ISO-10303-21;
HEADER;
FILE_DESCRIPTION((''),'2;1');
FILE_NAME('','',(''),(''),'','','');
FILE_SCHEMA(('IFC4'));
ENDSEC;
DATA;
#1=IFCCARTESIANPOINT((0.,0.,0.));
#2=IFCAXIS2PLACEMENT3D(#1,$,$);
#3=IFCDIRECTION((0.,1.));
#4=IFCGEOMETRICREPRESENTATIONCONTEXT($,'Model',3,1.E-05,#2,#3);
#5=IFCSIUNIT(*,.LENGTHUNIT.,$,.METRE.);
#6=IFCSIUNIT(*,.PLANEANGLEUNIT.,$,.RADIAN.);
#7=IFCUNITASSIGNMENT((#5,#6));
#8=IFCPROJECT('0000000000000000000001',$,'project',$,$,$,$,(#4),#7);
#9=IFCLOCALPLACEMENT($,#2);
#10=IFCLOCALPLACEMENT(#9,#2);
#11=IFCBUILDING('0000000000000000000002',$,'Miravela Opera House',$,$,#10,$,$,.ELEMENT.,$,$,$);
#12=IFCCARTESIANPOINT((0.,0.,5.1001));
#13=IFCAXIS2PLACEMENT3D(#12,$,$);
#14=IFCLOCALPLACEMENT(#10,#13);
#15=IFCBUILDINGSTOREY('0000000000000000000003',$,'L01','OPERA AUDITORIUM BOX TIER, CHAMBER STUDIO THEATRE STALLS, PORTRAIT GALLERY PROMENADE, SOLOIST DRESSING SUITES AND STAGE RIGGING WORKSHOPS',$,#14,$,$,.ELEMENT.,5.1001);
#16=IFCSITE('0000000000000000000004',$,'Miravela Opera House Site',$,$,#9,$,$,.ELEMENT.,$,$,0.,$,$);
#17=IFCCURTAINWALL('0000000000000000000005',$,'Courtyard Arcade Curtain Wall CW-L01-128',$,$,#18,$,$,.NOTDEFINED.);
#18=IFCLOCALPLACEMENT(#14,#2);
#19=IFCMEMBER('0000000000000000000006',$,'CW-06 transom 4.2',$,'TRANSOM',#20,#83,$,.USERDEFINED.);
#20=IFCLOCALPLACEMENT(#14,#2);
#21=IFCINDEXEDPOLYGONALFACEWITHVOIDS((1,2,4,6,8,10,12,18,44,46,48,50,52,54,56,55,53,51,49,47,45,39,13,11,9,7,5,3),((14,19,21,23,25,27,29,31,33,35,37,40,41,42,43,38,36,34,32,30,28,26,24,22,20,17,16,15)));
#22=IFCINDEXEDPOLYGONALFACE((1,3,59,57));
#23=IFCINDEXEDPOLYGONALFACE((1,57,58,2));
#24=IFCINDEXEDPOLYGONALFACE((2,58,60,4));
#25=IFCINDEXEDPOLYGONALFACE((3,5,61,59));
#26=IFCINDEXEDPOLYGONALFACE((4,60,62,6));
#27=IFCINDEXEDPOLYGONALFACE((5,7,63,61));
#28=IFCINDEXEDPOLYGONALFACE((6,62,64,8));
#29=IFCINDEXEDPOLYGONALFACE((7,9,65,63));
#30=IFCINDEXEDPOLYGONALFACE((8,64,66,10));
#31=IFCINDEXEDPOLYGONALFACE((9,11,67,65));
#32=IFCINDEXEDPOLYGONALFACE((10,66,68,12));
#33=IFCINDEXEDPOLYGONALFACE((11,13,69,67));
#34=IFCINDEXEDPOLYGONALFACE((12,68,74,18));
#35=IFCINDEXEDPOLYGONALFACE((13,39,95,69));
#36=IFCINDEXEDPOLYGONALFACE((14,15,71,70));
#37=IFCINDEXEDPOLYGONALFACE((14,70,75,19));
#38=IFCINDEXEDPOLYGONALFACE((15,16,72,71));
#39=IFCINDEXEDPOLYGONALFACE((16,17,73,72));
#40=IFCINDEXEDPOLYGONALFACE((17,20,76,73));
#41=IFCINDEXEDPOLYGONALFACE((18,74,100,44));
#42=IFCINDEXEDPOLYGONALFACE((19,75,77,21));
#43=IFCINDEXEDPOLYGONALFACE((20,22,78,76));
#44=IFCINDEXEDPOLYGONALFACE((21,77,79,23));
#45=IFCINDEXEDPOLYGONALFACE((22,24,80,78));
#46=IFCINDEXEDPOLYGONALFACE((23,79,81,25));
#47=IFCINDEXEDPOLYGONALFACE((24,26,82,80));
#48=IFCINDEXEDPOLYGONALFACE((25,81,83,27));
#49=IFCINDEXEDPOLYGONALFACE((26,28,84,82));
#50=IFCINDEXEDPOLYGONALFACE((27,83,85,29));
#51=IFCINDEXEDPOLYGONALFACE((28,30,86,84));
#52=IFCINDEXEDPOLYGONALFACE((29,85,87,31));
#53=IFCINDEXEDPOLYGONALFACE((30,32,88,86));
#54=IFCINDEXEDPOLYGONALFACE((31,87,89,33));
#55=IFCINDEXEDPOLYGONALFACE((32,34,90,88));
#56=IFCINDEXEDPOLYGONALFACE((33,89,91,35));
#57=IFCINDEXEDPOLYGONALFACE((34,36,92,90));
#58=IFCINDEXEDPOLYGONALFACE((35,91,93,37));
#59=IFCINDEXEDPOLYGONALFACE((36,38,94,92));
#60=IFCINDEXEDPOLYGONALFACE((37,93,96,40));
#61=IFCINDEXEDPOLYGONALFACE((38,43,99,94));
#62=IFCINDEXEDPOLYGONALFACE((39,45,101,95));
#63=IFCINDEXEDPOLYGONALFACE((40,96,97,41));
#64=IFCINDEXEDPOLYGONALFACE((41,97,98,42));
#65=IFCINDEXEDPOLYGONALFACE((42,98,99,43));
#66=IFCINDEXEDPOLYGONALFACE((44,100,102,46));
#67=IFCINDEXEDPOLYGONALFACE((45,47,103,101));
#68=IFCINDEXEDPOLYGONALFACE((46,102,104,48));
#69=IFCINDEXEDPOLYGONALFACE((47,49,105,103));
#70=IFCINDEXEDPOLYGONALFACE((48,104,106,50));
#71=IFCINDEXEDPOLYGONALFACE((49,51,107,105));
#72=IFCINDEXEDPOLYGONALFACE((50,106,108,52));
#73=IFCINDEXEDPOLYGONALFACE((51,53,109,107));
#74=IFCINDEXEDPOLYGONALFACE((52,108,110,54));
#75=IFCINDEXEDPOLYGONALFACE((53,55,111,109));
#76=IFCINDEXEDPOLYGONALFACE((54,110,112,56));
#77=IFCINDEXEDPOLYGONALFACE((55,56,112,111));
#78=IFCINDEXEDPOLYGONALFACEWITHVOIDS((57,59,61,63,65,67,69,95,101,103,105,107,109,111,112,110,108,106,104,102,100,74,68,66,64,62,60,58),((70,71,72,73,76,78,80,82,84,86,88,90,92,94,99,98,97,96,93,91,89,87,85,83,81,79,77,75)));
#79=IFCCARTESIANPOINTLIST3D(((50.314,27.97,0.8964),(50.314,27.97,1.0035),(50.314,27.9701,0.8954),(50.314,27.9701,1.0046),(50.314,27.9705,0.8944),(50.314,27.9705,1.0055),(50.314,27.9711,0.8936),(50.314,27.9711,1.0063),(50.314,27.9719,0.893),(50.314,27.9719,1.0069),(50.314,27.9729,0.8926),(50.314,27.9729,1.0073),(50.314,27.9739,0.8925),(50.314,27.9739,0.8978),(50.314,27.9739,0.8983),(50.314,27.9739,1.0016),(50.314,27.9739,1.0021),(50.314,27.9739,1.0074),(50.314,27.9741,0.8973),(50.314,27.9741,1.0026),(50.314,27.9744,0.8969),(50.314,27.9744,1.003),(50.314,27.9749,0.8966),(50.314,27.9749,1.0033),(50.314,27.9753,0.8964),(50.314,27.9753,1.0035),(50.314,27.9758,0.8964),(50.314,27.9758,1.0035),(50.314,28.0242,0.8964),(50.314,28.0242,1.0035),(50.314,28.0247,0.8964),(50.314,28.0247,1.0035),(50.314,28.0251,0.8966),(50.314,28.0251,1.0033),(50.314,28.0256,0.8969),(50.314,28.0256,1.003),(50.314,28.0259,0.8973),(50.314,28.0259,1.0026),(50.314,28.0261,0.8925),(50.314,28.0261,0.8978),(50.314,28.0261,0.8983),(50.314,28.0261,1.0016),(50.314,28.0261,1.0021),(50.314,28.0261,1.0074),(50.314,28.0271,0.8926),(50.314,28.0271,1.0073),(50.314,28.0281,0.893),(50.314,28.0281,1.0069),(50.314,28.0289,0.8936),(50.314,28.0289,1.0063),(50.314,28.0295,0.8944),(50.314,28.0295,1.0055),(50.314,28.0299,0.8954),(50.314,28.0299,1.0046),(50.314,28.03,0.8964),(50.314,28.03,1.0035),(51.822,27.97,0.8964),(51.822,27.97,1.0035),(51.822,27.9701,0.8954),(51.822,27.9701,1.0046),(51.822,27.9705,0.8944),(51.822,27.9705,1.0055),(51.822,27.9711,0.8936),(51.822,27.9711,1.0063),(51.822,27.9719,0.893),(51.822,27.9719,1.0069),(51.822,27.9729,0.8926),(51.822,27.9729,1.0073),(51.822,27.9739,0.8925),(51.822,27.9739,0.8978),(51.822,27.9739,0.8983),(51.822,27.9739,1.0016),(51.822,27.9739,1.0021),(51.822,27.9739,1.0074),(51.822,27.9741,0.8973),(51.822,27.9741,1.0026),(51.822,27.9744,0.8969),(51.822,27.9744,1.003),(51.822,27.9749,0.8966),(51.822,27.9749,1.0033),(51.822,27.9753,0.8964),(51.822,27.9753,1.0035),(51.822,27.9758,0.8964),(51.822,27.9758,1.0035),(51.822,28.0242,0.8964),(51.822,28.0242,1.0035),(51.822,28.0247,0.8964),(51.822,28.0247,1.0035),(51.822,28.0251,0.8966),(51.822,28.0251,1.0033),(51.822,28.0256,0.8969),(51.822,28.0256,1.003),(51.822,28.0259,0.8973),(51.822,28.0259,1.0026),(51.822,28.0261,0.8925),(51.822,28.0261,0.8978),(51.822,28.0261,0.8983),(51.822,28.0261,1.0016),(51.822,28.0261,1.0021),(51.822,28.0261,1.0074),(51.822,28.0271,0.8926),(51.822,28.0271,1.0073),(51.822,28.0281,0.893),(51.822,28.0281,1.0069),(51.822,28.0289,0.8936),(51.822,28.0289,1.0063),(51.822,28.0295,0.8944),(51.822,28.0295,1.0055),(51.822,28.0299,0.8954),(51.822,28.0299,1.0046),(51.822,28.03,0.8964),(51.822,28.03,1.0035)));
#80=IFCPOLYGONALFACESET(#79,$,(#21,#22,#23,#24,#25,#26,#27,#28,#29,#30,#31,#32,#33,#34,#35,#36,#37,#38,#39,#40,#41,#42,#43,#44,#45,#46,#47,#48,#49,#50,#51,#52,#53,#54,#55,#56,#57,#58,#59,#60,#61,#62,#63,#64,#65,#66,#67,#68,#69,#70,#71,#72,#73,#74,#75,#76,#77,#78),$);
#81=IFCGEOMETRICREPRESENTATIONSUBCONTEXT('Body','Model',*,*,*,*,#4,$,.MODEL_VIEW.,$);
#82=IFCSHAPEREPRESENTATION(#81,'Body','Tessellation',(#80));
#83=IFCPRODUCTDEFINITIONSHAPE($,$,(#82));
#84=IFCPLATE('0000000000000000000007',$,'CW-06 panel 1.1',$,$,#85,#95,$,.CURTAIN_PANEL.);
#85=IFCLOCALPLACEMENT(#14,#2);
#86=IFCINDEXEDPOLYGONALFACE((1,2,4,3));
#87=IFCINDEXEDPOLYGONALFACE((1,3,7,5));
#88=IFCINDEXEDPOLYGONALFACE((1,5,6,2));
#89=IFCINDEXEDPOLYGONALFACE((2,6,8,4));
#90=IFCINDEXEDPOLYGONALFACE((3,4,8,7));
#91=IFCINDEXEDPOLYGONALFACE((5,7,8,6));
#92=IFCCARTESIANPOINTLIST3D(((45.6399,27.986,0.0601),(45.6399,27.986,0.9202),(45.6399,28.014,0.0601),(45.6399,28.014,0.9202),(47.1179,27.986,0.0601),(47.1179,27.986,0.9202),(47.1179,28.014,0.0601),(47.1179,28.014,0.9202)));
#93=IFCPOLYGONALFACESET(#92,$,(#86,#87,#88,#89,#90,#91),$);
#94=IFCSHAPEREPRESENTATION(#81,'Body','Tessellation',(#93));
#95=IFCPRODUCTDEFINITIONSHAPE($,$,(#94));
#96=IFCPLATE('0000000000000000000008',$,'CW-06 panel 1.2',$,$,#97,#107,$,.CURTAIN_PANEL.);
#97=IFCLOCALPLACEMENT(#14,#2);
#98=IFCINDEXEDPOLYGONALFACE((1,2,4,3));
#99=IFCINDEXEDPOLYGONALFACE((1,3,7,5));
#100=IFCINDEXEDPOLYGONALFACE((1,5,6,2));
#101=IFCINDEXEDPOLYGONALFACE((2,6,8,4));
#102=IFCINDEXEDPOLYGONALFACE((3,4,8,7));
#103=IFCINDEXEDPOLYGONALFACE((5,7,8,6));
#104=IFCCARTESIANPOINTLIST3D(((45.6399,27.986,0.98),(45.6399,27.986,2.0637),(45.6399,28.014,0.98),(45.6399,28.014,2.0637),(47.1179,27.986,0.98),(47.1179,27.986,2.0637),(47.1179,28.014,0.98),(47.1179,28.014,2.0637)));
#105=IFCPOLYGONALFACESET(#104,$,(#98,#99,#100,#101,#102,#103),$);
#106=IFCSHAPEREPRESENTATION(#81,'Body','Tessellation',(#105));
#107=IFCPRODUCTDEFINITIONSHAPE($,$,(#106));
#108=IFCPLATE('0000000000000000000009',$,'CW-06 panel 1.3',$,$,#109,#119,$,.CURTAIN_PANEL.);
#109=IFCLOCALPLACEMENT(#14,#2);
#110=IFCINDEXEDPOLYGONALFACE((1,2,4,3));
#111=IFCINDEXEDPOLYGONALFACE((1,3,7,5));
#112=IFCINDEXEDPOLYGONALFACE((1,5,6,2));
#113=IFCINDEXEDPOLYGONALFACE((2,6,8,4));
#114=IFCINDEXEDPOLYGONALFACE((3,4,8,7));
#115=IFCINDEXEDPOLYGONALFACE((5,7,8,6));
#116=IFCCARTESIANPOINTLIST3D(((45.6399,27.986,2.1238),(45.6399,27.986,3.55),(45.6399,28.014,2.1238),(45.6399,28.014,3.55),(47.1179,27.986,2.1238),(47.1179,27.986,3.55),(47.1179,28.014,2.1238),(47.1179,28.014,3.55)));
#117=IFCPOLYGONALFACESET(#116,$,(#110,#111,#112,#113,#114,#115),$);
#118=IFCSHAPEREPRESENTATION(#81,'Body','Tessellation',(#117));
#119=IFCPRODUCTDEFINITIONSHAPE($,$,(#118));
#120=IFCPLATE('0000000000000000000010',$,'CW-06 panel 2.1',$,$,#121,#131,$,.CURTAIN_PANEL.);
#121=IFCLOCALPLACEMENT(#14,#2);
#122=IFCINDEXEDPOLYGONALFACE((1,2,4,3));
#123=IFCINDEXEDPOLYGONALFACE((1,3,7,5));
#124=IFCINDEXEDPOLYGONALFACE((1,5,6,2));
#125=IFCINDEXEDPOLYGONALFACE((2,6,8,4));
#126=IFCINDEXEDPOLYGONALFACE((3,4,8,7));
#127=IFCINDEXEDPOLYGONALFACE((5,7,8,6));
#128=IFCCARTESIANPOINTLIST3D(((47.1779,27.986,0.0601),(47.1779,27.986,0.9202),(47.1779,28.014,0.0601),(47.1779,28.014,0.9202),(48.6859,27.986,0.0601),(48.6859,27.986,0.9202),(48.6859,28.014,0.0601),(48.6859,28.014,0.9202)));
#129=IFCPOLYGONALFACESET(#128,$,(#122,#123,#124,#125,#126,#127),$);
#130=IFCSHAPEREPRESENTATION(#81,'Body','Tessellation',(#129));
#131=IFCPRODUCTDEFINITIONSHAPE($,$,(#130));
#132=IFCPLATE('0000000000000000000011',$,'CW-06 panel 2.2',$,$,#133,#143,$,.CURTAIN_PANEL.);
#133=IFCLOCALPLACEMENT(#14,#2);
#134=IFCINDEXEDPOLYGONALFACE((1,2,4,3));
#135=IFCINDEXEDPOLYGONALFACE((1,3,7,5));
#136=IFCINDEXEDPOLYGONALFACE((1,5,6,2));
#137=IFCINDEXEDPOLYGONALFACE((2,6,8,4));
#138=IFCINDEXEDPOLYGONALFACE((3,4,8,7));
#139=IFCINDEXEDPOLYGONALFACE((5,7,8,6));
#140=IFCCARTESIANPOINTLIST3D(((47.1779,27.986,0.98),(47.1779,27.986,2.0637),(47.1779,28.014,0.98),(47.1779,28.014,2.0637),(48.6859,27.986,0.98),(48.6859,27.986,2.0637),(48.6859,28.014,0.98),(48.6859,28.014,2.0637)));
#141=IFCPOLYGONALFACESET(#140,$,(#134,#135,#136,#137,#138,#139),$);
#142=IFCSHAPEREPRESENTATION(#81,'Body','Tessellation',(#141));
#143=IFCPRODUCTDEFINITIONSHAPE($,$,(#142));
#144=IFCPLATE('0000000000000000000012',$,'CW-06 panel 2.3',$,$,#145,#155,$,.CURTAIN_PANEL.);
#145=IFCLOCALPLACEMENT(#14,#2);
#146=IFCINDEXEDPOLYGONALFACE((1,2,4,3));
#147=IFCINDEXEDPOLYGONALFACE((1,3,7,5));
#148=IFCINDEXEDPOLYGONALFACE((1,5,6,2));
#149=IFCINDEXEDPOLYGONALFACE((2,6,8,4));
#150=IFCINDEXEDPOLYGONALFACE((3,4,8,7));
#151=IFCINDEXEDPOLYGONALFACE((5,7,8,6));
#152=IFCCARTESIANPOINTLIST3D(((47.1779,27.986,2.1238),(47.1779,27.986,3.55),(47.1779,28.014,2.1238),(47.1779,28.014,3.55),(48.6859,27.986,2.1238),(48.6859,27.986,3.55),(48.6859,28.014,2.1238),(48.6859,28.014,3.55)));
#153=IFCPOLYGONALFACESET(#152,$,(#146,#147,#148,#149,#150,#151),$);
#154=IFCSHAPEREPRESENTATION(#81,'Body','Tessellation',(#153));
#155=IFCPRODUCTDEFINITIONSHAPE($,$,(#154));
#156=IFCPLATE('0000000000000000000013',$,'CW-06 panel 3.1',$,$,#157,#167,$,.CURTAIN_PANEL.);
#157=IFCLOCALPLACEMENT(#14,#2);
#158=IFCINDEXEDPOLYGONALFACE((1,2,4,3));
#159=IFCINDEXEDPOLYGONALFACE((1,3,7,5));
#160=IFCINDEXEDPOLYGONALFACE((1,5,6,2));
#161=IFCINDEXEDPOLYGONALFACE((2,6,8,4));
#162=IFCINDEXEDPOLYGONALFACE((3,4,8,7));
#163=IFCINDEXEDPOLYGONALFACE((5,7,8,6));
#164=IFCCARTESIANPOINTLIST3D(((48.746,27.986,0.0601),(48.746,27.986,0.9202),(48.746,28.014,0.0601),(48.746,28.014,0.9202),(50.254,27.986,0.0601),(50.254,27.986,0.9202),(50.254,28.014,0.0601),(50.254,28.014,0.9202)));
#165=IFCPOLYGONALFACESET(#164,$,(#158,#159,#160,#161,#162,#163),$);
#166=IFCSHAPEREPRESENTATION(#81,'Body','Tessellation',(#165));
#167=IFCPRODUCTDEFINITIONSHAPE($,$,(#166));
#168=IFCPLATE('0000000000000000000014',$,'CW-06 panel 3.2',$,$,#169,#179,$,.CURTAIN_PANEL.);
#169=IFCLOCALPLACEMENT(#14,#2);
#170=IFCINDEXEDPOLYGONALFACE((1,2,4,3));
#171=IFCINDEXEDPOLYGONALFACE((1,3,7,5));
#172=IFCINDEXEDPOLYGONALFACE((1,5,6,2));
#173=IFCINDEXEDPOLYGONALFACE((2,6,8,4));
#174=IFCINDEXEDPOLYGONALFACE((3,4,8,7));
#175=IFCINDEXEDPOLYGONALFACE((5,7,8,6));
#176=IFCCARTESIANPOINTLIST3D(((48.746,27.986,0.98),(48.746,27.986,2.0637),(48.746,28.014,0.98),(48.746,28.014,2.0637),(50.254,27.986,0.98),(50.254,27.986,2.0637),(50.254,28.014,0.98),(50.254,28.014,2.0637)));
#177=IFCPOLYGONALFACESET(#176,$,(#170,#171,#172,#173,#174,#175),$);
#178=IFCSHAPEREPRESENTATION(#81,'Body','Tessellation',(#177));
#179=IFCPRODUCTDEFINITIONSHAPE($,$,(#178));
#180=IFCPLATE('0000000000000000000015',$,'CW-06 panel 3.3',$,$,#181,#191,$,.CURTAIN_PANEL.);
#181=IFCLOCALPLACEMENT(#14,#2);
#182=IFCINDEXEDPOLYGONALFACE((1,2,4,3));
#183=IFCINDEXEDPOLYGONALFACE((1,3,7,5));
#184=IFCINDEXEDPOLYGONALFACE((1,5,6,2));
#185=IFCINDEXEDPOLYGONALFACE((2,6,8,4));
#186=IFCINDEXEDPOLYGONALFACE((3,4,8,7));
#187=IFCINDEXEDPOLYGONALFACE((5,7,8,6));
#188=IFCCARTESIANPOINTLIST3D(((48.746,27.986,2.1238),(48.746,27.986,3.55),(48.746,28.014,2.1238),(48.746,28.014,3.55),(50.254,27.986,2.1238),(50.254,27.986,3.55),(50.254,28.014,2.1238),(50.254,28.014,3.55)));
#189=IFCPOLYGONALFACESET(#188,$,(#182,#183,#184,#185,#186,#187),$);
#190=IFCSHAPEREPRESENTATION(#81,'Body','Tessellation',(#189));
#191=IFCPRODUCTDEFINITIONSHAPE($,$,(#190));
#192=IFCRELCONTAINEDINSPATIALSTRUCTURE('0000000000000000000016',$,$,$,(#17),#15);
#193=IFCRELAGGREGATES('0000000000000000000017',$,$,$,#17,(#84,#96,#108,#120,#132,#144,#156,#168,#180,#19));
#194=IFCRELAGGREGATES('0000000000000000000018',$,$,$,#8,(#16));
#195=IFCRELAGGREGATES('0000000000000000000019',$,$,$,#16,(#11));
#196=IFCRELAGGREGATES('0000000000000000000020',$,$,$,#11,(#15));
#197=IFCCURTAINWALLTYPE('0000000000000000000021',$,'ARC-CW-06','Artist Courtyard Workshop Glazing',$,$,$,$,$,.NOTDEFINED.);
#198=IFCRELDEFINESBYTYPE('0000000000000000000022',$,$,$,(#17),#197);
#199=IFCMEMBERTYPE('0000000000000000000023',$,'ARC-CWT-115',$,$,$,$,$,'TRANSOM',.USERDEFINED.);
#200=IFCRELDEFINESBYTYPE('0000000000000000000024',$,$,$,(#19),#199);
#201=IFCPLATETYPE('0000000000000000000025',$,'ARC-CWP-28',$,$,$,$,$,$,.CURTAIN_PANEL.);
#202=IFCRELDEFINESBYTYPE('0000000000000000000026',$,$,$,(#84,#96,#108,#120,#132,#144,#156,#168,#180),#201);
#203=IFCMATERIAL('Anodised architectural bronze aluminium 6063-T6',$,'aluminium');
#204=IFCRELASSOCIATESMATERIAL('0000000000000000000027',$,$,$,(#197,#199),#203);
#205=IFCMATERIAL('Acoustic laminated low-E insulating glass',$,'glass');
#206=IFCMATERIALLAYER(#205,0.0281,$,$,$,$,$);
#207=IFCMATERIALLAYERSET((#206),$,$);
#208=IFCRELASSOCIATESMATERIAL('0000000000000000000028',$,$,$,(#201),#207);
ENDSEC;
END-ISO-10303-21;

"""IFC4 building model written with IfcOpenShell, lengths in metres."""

from ifc_helpers import new_model, si_unit, direction, frame, origin, origin_2d, place, context, subcontext, project, spatial, rectangle, hollow_rectangle, extrude, material, layer, layer_set, material_profile, profile_set, type_object, element, aggregate, save


model = new_model("IFC4")

# Units and contexts
model_context = context("Model", 3, precision=1e-05, world=origin(), true_north=direction((0.0, 1.0)))
body_context = subcontext(model_context, "Body", "Model", "MODEL_VIEW")
ifc_project = project(units=[si_unit("LENGTHUNIT", "METRE"), si_unit("PLANEANGLEUNIT", "RADIAN")], contexts=[model_context])

# Site, building, storey
site_placement = place(None, origin())
site = spatial("IfcSite", under=ifc_project, at=site_placement, Name="Miravela Opera House Site", CompositionType="ELEMENT", RefElevation=0.0)
building_placement = place(site_placement, origin())
building = spatial("IfcBuilding", under=site, at=building_placement, Name="Miravela Opera House", CompositionType="ELEMENT")
storey_placement = place(building_placement, frame((0.0, 0.0, 5.1001)))
storey = spatial("IfcBuildingStorey", under=building, at=storey_placement, Name="L01", Description="OPERA AUDITORIUM BOX TIER, CHAMBER STUDIO THEATRE STALLS, PORTRAIT GALLERY PROMENADE, SOLOIST DRESSING SUITES AND STAGE RIGGING WORKSHOPS", CompositionType="ELEMENT", Elevation=5.1001)

# Curtain wall, member, plates
ifc_material_1 = material(Name="Anodised architectural bronze aluminium 6063-T6", Category="aluminium")
curtain_wall_type = type_object("IfcCurtainWallType", Name="ARC-CW-06", Description="Artist Courtyard Workshop Glazing", PredefinedType="NOTDEFINED", material=ifc_material_1)
curtain_wall_placement = place(storey_placement, origin())
curtain_wall = element("IfcCurtainWall", 1, at=curtain_wall_placement, inside=storey, type_object=curtain_wall_type, Name="Courtyard Arcade Curtain Wall CW-L01-128", PredefinedType="NOTDEFINED")
ifc_material_profile_1 = material_profile(ifc_material_1, hollow_rectangle(XDim=0.0601, YDim=0.115, WallThickness=0.0039, InnerFilletRadius=0.002, OuterFilletRadius=0.0039, at=origin_2d()), Name="CWT-60X115")
ifc_profile_set_1 = profile_set([ifc_material_profile_1])
member_type_1 = type_object("IfcMemberType", Name="ARC-CWT-115", ElementType="TRANSOM", PredefinedType="USERDEFINED", material=ifc_profile_set_1)
member_1_placement = place(storey_placement, frame((50.314, 28.0, 0.95), z_axis=(1.0, 0.0, 0.0), x_axis=(0.0, 1.0, 0.0)))
member_1 = element("IfcMember", 2, at=member_1_placement, type_object=member_type_1, Name="CW-06 transom 4.2", ObjectType="TRANSOM", PredefinedType="USERDEFINED", context=body_context, shape_type="SweptSolid", body=[
    extrude(hollow_rectangle(XDim=0.0601, YDim=0.115, WallThickness=0.0039, InnerFilletRadius=0.002, OuterFilletRadius=0.0039, at=origin_2d()), origin(), (0.0, 0.0, 1.0), 1.5081),
])
ifc_material_2 = material(Name="Acoustic laminated low-E insulating glass", Category="glass")
ifc_layer = layer(ifc_material_2, 0.0281)
ifc_layer_set = layer_set([ifc_layer])
plate_type = type_object("IfcPlateType", Name="ARC-CWP-28", PredefinedType="CURTAIN_PANEL", material=ifc_layer_set)
plate_1_placement = place(storey_placement, frame((46.3789, 28.0, 0.0601), z_axis=(0.0, 0.0, 1.0), x_axis=(1.0, 0.0, 0.0)))
plate_1 = element("IfcPlate", 3, at=plate_1_placement, type_object=plate_type, Name="CW-06 panel 1.1", PredefinedType="CURTAIN_PANEL", context=body_context, shape_type="SweptSolid", body=[
    extrude(rectangle(XDim=1.478, YDim=0.0281, at=origin_2d()), origin(), (0.0, 0.0, 1.0), 0.8601),
])
plate_2_placement = place(storey_placement, frame((46.3789, 28.0, 0.98), z_axis=(0.0, 0.0, 1.0), x_axis=(1.0, 0.0, 0.0)))
plate_2 = element("IfcPlate", 4, at=plate_2_placement, type_object=plate_type, Name="CW-06 panel 1.2", PredefinedType="CURTAIN_PANEL", context=body_context, shape_type="SweptSolid", body=[
    extrude(rectangle(XDim=1.478, YDim=0.0281, at=origin_2d()), origin(), (0.0, 0.0, 1.0), 1.0837),
])
plate_3_placement = place(storey_placement, frame((46.3789, 28.0, 2.1238), z_axis=(0.0, 0.0, 1.0), x_axis=(1.0, 0.0, 0.0)))
plate_3 = element("IfcPlate", 5, at=plate_3_placement, type_object=plate_type, Name="CW-06 panel 1.3", PredefinedType="CURTAIN_PANEL", context=body_context, shape_type="SweptSolid", body=[
    extrude(rectangle(XDim=1.478, YDim=0.0281, at=origin_2d()), origin(), (0.0, 0.0, 1.0), 1.4263),
])
plate_4_placement = place(storey_placement, frame((47.9319, 28.0, 0.0601), z_axis=(0.0, 0.0, 1.0), x_axis=(1.0, 0.0, 0.0)))
plate_4 = element("IfcPlate", 6, at=plate_4_placement, type_object=plate_type, Name="CW-06 panel 2.1", PredefinedType="CURTAIN_PANEL", context=body_context, shape_type="SweptSolid", body=[
    extrude(rectangle(XDim=1.5081, YDim=0.0281, at=origin_2d()), origin(), (0.0, 0.0, 1.0), 0.8601),
])
plate_5_placement = place(storey_placement, frame((47.9319, 28.0, 0.98), z_axis=(0.0, 0.0, 1.0), x_axis=(1.0, 0.0, 0.0)))
plate_5 = element("IfcPlate", 7, at=plate_5_placement, type_object=plate_type, Name="CW-06 panel 2.2", PredefinedType="CURTAIN_PANEL", context=body_context, shape_type="SweptSolid", body=[
    extrude(rectangle(XDim=1.5081, YDim=0.0281, at=origin_2d()), origin(), (0.0, 0.0, 1.0), 1.0837),
])
plate_6_placement = place(storey_placement, frame((47.9319, 28.0, 2.1238), z_axis=(0.0, 0.0, 1.0), x_axis=(1.0, 0.0, 0.0)))
plate_6 = element("IfcPlate", 8, at=plate_6_placement, type_object=plate_type, Name="CW-06 panel 2.3", PredefinedType="CURTAIN_PANEL", context=body_context, shape_type="SweptSolid", body=[
    extrude(rectangle(XDim=1.5081, YDim=0.0281, at=origin_2d()), origin(), (0.0, 0.0, 1.0), 1.4263),
])
plate_7_placement = place(storey_placement, frame((49.5, 28.0, 0.0601), z_axis=(0.0, 0.0, 1.0), x_axis=(1.0, 0.0, 0.0)))
plate_7 = element("IfcPlate", 9, at=plate_7_placement, type_object=plate_type, Name="CW-06 panel 3.1", PredefinedType="CURTAIN_PANEL", context=body_context, shape_type="SweptSolid", body=[
    extrude(rectangle(XDim=1.5081, YDim=0.0281, at=origin_2d()), origin(), (0.0, 0.0, 1.0), 0.8601),
])
plate_8_placement = place(storey_placement, frame((49.5, 28.0, 0.98), z_axis=(0.0, 0.0, 1.0), x_axis=(1.0, 0.0, 0.0)))
plate_8 = element("IfcPlate", 10, at=plate_8_placement, type_object=plate_type, Name="CW-06 panel 3.2", PredefinedType="CURTAIN_PANEL", context=body_context, shape_type="SweptSolid", body=[
    extrude(rectangle(XDim=1.5081, YDim=0.0281, at=origin_2d()), origin(), (0.0, 0.0, 1.0), 1.0837),
])
plate_9_placement = place(storey_placement, frame((49.5, 28.0, 2.1238), z_axis=(0.0, 0.0, 1.0), x_axis=(1.0, 0.0, 0.0)))
plate_9 = element("IfcPlate", 11, at=plate_9_placement, type_object=plate_type, Name="CW-06 panel 3.3", PredefinedType="CURTAIN_PANEL", context=body_context, shape_type="SweptSolid", body=[
    extrude(rectangle(XDim=1.5081, YDim=0.0281, at=origin_2d()), origin(), (0.0, 0.0, 1.0), 1.4263),
])
aggregate(curtain_wall, [plate_1, plate_2, plate_3, plate_4, plate_5, plate_6, plate_7, plate_8, plate_9, member_1])

save(model, "model.ifc")
